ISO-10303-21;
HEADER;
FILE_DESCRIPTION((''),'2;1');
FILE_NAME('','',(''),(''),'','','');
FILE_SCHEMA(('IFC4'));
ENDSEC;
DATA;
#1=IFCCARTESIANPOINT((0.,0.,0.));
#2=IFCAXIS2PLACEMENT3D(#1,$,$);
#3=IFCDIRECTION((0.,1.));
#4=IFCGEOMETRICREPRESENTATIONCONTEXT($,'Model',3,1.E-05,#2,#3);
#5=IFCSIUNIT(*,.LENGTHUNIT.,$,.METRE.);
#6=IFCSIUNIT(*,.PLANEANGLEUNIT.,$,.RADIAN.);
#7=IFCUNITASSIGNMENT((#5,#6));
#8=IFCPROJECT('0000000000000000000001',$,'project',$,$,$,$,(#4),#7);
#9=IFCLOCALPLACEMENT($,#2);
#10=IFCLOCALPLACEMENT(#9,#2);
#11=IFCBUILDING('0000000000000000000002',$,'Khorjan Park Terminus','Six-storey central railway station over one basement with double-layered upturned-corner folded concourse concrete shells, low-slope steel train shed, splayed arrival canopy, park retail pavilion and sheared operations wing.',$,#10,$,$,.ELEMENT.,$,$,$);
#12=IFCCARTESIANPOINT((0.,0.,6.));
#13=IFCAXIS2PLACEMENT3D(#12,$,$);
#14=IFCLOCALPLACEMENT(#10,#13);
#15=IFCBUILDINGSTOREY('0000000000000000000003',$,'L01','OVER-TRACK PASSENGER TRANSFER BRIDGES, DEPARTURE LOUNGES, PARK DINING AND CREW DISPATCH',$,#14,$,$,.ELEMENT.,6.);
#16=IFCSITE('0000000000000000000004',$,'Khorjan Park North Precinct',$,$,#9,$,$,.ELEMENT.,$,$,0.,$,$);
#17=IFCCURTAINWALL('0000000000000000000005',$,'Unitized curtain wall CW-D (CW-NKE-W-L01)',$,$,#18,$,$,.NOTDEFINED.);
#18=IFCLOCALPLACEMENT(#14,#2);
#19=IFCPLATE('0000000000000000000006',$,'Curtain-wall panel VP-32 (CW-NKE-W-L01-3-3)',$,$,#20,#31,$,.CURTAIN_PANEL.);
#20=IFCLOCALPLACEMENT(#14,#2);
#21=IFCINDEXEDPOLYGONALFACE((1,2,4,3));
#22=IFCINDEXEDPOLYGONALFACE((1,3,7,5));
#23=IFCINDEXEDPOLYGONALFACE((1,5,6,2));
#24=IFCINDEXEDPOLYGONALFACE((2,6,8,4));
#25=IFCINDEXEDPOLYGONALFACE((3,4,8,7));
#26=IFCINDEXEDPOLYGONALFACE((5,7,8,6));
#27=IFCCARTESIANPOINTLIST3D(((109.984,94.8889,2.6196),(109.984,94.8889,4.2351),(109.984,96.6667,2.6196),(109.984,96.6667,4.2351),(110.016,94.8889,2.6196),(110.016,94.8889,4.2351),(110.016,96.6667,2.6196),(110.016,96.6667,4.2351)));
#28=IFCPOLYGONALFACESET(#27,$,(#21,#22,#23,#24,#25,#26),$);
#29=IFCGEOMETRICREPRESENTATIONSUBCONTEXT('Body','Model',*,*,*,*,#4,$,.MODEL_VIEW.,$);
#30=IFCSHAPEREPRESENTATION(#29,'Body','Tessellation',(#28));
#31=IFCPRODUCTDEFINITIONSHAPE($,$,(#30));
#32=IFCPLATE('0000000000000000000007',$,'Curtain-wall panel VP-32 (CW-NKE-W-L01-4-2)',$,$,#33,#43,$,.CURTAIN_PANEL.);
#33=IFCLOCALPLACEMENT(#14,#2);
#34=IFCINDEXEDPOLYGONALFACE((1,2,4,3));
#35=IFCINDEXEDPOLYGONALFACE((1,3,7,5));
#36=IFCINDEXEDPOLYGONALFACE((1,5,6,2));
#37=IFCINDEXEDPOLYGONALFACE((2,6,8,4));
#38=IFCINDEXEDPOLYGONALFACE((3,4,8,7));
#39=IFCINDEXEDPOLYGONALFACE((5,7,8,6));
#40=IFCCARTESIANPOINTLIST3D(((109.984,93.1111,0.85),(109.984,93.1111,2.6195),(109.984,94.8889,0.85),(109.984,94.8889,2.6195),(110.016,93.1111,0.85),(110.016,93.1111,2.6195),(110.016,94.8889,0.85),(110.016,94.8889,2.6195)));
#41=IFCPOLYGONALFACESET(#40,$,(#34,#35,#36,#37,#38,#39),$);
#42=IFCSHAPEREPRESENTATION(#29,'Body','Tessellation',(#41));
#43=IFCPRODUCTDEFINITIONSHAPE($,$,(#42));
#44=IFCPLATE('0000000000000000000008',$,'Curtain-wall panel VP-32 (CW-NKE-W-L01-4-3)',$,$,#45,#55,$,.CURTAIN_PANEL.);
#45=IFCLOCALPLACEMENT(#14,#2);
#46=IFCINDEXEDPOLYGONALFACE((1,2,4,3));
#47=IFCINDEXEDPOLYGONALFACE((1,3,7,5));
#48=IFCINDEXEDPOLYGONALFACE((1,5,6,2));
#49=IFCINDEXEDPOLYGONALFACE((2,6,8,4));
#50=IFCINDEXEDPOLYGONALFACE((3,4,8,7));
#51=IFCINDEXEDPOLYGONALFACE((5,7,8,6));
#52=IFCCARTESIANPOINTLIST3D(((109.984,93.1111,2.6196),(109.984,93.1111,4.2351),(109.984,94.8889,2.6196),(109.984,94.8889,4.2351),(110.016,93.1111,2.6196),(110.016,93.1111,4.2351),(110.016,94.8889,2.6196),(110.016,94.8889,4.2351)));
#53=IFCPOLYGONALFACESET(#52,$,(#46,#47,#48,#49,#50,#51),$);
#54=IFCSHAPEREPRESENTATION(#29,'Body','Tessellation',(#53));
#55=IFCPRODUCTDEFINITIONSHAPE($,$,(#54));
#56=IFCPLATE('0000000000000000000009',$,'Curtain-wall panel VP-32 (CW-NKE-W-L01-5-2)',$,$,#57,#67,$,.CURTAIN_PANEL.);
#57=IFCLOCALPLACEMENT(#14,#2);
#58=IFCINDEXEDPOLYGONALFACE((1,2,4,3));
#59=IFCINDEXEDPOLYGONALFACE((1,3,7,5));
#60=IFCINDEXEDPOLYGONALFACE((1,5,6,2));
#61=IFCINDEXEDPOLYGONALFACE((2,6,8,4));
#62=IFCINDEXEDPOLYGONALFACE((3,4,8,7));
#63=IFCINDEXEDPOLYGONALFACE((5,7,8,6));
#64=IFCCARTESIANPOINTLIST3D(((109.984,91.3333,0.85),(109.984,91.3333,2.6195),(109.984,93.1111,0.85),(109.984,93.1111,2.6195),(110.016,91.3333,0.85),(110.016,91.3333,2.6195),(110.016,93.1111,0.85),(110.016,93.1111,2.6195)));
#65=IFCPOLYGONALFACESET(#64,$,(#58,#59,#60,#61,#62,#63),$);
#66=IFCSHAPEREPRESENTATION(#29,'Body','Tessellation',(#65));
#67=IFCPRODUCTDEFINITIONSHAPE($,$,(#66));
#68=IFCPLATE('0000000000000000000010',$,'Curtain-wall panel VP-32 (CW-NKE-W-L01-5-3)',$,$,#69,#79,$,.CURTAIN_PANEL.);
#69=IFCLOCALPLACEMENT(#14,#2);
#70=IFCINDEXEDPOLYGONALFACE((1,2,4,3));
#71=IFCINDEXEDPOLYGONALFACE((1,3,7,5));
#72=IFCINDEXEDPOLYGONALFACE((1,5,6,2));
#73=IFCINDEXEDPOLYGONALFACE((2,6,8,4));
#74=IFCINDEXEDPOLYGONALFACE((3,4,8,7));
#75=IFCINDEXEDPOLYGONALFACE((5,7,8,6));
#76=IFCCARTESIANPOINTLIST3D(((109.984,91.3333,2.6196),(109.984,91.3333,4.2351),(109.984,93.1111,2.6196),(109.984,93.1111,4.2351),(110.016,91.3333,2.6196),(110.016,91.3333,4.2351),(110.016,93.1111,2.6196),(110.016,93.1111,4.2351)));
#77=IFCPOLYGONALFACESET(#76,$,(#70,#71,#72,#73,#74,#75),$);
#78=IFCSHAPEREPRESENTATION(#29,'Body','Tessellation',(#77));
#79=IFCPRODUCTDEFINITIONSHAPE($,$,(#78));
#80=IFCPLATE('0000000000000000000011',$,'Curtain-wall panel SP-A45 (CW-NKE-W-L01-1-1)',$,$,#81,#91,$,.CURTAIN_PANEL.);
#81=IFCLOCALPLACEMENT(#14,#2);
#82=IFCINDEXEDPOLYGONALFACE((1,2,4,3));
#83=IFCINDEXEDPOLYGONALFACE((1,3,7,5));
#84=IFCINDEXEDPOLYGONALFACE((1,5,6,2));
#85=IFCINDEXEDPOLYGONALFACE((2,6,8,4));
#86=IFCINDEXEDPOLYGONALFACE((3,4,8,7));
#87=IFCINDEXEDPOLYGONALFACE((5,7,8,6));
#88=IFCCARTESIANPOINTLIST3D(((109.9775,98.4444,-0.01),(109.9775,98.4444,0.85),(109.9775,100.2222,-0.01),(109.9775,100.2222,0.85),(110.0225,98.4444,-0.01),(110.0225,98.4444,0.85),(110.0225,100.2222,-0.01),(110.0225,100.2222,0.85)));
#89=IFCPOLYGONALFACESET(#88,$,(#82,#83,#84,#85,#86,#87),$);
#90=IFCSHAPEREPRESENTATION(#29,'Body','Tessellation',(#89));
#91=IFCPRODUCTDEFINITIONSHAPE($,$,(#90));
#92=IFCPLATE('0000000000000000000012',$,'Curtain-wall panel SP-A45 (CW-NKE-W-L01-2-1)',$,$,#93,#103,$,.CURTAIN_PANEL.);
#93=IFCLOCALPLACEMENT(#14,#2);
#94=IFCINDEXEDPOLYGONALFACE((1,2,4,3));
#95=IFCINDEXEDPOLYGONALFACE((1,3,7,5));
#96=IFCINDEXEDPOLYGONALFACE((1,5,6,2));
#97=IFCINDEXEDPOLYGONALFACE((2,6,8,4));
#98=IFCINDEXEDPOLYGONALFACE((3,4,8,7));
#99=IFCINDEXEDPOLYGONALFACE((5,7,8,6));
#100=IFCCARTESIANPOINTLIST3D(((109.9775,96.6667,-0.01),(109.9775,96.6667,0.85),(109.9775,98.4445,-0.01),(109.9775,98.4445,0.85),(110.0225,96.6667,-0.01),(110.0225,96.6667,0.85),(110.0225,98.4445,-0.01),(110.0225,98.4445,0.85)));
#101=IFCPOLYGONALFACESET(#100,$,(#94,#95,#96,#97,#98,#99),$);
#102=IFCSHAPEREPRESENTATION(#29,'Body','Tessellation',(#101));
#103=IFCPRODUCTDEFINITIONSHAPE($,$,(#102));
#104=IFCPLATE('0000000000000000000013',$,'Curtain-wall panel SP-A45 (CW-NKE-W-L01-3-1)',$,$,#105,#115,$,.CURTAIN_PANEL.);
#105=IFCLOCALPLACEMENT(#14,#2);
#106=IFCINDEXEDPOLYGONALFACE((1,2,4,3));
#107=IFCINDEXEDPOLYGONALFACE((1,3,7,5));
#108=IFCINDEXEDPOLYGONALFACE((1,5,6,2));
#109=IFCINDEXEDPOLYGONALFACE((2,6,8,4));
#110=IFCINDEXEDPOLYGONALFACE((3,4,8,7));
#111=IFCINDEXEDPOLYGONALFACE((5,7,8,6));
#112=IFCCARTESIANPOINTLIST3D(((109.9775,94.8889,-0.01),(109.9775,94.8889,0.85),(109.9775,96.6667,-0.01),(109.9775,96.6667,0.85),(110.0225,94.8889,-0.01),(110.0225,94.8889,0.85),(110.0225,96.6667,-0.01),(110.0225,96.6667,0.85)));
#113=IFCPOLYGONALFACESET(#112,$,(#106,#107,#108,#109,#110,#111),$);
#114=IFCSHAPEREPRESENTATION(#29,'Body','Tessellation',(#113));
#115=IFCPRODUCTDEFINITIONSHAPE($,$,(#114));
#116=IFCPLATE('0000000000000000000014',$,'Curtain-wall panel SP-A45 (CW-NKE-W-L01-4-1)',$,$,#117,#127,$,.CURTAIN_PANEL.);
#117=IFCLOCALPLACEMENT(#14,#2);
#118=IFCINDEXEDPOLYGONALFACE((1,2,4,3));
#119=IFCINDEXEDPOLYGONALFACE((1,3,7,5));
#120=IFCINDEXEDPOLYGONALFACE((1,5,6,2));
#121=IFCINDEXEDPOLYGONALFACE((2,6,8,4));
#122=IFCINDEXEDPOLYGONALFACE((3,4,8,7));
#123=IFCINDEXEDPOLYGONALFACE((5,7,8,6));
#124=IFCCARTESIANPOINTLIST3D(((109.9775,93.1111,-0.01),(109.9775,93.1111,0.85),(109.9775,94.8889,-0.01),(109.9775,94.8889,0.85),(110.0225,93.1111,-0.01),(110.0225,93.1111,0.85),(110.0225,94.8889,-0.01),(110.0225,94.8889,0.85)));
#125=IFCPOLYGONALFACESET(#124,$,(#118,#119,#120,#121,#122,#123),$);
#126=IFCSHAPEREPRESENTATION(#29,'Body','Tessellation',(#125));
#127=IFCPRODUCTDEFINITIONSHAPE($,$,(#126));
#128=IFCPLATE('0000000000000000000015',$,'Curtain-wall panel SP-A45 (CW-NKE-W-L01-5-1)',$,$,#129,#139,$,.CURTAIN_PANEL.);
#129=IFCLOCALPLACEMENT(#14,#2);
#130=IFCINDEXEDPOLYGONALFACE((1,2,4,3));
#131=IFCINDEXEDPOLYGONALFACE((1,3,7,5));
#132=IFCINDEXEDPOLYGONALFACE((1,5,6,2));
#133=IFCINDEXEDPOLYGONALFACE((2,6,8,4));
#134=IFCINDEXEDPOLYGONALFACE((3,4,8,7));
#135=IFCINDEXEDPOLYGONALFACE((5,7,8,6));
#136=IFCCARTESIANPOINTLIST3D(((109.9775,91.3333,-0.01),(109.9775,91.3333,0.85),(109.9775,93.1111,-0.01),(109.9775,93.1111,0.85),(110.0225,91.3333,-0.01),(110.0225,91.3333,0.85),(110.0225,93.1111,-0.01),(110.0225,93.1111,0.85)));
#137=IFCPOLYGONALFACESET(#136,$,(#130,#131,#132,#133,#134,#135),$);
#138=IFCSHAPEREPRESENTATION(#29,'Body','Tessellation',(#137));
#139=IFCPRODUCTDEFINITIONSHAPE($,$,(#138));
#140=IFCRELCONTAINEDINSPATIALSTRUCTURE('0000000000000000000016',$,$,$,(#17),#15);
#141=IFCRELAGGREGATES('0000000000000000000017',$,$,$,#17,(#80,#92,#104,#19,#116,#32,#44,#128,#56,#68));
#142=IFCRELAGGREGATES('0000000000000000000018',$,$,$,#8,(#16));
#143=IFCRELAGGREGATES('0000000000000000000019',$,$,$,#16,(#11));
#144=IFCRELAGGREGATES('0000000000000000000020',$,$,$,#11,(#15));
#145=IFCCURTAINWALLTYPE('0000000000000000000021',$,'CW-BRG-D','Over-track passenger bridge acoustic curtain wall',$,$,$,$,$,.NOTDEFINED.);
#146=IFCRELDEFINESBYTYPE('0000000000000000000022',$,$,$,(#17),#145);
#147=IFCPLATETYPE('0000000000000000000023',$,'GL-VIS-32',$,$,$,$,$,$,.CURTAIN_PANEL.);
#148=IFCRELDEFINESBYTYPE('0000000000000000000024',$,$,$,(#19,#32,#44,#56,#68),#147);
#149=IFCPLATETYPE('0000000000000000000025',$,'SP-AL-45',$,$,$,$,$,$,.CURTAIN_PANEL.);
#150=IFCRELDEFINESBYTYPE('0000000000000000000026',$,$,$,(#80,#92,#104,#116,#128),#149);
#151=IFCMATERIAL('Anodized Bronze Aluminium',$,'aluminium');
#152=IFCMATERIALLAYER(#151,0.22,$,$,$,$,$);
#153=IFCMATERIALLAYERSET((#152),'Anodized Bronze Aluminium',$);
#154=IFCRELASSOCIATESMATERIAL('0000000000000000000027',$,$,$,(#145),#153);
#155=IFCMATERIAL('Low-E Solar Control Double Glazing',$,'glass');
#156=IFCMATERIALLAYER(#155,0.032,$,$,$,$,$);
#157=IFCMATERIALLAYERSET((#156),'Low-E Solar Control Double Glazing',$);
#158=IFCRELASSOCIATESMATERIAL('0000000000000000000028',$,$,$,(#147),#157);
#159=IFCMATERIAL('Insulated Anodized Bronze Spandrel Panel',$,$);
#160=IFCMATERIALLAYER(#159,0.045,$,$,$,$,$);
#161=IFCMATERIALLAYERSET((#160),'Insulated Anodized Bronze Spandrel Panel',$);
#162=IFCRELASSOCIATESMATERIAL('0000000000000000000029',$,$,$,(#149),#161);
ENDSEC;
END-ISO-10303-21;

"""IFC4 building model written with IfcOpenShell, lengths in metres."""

from ifc_helpers import new_model, si_unit, direction, frame, origin, origin_2d, place, context, subcontext, project, spatial, rectangle, extrude, material, layer, layer_set, type_object, element, aggregate, save


model = new_model("IFC4")

# Units and contexts
model_context = context("Model", 3, precision=1e-05, world=origin(), true_north=direction((0.0, 1.0)))
body_context = subcontext(model_context, "Body", "Model", "MODEL_VIEW")
ifc_project = project(units=[si_unit("LENGTHUNIT", "METRE"), si_unit("PLANEANGLEUNIT", "RADIAN")], contexts=[model_context])

# Site, building, storey
site_placement = place(None, origin())
site = spatial("IfcSite", under=ifc_project, at=site_placement, Name="Khorjan Park North Precinct", CompositionType="ELEMENT", RefElevation=0.0)
building_placement = place(site_placement, origin())
building = spatial("IfcBuilding", under=site, at=building_placement, Name="Khorjan Park Terminus", Description="Six-storey central railway station over one basement with double-layered upturned-corner folded concourse concrete shells, low-slope steel train shed, splayed arrival canopy, park retail pavilion and sheared operations wing.", CompositionType="ELEMENT")
storey_placement = place(building_placement, frame((0.0, 0.0, 6.0)))
storey = spatial("IfcBuildingStorey", under=building, at=storey_placement, Name="L01", Description="OVER-TRACK PASSENGER TRANSFER BRIDGES, DEPARTURE LOUNGES, PARK DINING AND CREW DISPATCH", CompositionType="ELEMENT", Elevation=6.0)

# Curtain wall, plates
ifc_material_1 = material(Name="Anodized Bronze Aluminium", Category="aluminium")
ifc_layer_1 = layer(ifc_material_1, 0.22)
ifc_layer_set_1 = layer_set([ifc_layer_1], Name="Anodized Bronze Aluminium")
curtain_wall_type = type_object("IfcCurtainWallType", Name="CW-BRG-D", Description="Over-track passenger bridge acoustic curtain wall", PredefinedType="NOTDEFINED", material=ifc_layer_set_1)
curtain_wall_placement = place(storey_placement, origin())
curtain_wall = element("IfcCurtainWall", 1, at=curtain_wall_placement, inside=storey, type_object=curtain_wall_type, Name="Unitized curtain wall CW-D (CW-NKE-W-L01)", PredefinedType="NOTDEFINED")
ifc_material_2 = material(Name="Low-E Solar Control Double Glazing", Category="glass")
ifc_layer_2 = layer(ifc_material_2, 0.032)
ifc_layer_set_2 = layer_set([ifc_layer_2], Name="Low-E Solar Control Double Glazing")
plate_type_1 = type_object("IfcPlateType", Name="GL-VIS-32", PredefinedType="CURTAIN_PANEL", material=ifc_layer_set_2)
plate_1_placement = place(storey_placement, frame((110.0, 95.7778, 2.6196), z_axis=(0.0, 0.0, 1.0), x_axis=(0.0, -1.0, 0.0)))
plate_1 = element("IfcPlate", 2, at=plate_1_placement, type_object=plate_type_1, Name="Curtain-wall panel VP-32 (CW-NKE-W-L01-3-3)", PredefinedType="CURTAIN_PANEL", context=body_context, shape_type="SweptSolid", body=[
    extrude(rectangle(XDim=1.7778, YDim=0.032, at=origin_2d()), origin(), (0.0, 0.0, 1.0), 1.6155),
])
plate_2_placement = place(storey_placement, frame((110.0, 94.0, 0.85), z_axis=(0.0, 0.0, 1.0), x_axis=(0.0, -1.0, 0.0)))
plate_2 = element("IfcPlate", 3, at=plate_2_placement, type_object=plate_type_1, Name="Curtain-wall panel VP-32 (CW-NKE-W-L01-4-2)", PredefinedType="CURTAIN_PANEL", context=body_context, shape_type="SweptSolid", body=[
    extrude(rectangle(XDim=1.7778, YDim=0.032, at=origin_2d()), origin(), (0.0, 0.0, 1.0), 1.7695),
])
plate_3_placement = place(storey_placement, frame((110.0, 94.0, 2.6196), z_axis=(0.0, 0.0, 1.0), x_axis=(0.0, -1.0, 0.0)))
plate_3 = element("IfcPlate", 4, at=plate_3_placement, type_object=plate_type_1, Name="Curtain-wall panel VP-32 (CW-NKE-W-L01-4-3)", PredefinedType="CURTAIN_PANEL", context=body_context, shape_type="SweptSolid", body=[
    extrude(rectangle(XDim=1.7778, YDim=0.032, at=origin_2d()), origin(), (0.0, 0.0, 1.0), 1.6155),
])
plate_4_placement = place(storey_placement, frame((110.0, 92.2222, 0.85), z_axis=(0.0, 0.0, 1.0), x_axis=(0.0, -1.0, 0.0)))
plate_4 = element("IfcPlate", 5, at=plate_4_placement, type_object=plate_type_1, Name="Curtain-wall panel VP-32 (CW-NKE-W-L01-5-2)", PredefinedType="CURTAIN_PANEL", context=body_context, shape_type="SweptSolid", body=[
    extrude(rectangle(XDim=1.7778, YDim=0.032, at=origin_2d()), origin(), (0.0, 0.0, 1.0), 1.7695),
])
plate_5_placement = place(storey_placement, frame((110.0, 92.2222, 2.6196), z_axis=(0.0, 0.0, 1.0), x_axis=(0.0, -1.0, 0.0)))
plate_5 = element("IfcPlate", 6, at=plate_5_placement, type_object=plate_type_1, Name="Curtain-wall panel VP-32 (CW-NKE-W-L01-5-3)", PredefinedType="CURTAIN_PANEL", context=body_context, shape_type="SweptSolid", body=[
    extrude(rectangle(XDim=1.7778, YDim=0.032, at=origin_2d()), origin(), (0.0, 0.0, 1.0), 1.6155),
])
ifc_material_3 = material(Name="Insulated Anodized Bronze Spandrel Panel")
ifc_layer_3 = layer(ifc_material_3, 0.045)
ifc_layer_set_3 = layer_set([ifc_layer_3], Name="Insulated Anodized Bronze Spandrel Panel")
plate_type_2 = type_object("IfcPlateType", Name="SP-AL-45", PredefinedType="CURTAIN_PANEL", material=ifc_layer_set_3)
plate_6_placement = place(storey_placement, frame((110.0, 99.3333, -0.01), z_axis=(0.0, 0.0, 1.0), x_axis=(0.0, -1.0, 0.0)))
plate_6 = element("IfcPlate", 7, at=plate_6_placement, type_object=plate_type_2, Name="Curtain-wall panel SP-A45 (CW-NKE-W-L01-1-1)", PredefinedType="CURTAIN_PANEL", context=body_context, shape_type="SweptSolid", body=[
    extrude(rectangle(XDim=1.7778, YDim=0.045, at=origin_2d()), origin(), (0.0, 0.0, 1.0), 0.86),
])
plate_7_placement = place(storey_placement, frame((110.0, 97.5556, -0.01), z_axis=(0.0, 0.0, 1.0), x_axis=(0.0, -1.0, 0.0)))
plate_7 = element("IfcPlate", 8, at=plate_7_placement, type_object=plate_type_2, Name="Curtain-wall panel SP-A45 (CW-NKE-W-L01-2-1)", PredefinedType="CURTAIN_PANEL", context=body_context, shape_type="SweptSolid", body=[
    extrude(rectangle(XDim=1.7778, YDim=0.045, at=origin_2d()), origin(), (0.0, 0.0, 1.0), 0.86),
])
plate_8_placement = place(storey_placement, frame((110.0, 95.7778, -0.01), z_axis=(0.0, 0.0, 1.0), x_axis=(0.0, -1.0, 0.0)))
plate_8 = element("IfcPlate", 9, at=plate_8_placement, type_object=plate_type_2, Name="Curtain-wall panel SP-A45 (CW-NKE-W-L01-3-1)", PredefinedType="CURTAIN_PANEL", context=body_context, shape_type="SweptSolid", body=[
    extrude(rectangle(XDim=1.7778, YDim=0.045, at=origin_2d()), origin(), (0.0, 0.0, 1.0), 0.86),
])
plate_9_placement = place(storey_placement, frame((110.0, 94.0, -0.01), z_axis=(0.0, 0.0, 1.0), x_axis=(0.0, -1.0, 0.0)))
plate_9 = element("IfcPlate", 10, at=plate_9_placement, type_object=plate_type_2, Name="Curtain-wall panel SP-A45 (CW-NKE-W-L01-4-1)", PredefinedType="CURTAIN_PANEL", context=body_context, shape_type="SweptSolid", body=[
    extrude(rectangle(XDim=1.7778, YDim=0.045, at=origin_2d()), origin(), (0.0, 0.0, 1.0), 0.86),
])
plate_10_placement = place(storey_placement, frame((110.0, 92.2222, -0.01), z_axis=(0.0, 0.0, 1.0), x_axis=(0.0, -1.0, 0.0)))
plate_10 = element("IfcPlate", 11, at=plate_10_placement, type_object=plate_type_2, Name="Curtain-wall panel SP-A45 (CW-NKE-W-L01-5-1)", PredefinedType="CURTAIN_PANEL", context=body_context, shape_type="SweptSolid", body=[
    extrude(rectangle(XDim=1.7778, YDim=0.045, at=origin_2d()), origin(), (0.0, 0.0, 1.0), 0.86),
])
aggregate(curtain_wall, [plate_6, plate_7, plate_8, plate_1, plate_9, plate_2, plate_3, plate_10, plate_4, plate_5])

save(model, "model.ifc")
